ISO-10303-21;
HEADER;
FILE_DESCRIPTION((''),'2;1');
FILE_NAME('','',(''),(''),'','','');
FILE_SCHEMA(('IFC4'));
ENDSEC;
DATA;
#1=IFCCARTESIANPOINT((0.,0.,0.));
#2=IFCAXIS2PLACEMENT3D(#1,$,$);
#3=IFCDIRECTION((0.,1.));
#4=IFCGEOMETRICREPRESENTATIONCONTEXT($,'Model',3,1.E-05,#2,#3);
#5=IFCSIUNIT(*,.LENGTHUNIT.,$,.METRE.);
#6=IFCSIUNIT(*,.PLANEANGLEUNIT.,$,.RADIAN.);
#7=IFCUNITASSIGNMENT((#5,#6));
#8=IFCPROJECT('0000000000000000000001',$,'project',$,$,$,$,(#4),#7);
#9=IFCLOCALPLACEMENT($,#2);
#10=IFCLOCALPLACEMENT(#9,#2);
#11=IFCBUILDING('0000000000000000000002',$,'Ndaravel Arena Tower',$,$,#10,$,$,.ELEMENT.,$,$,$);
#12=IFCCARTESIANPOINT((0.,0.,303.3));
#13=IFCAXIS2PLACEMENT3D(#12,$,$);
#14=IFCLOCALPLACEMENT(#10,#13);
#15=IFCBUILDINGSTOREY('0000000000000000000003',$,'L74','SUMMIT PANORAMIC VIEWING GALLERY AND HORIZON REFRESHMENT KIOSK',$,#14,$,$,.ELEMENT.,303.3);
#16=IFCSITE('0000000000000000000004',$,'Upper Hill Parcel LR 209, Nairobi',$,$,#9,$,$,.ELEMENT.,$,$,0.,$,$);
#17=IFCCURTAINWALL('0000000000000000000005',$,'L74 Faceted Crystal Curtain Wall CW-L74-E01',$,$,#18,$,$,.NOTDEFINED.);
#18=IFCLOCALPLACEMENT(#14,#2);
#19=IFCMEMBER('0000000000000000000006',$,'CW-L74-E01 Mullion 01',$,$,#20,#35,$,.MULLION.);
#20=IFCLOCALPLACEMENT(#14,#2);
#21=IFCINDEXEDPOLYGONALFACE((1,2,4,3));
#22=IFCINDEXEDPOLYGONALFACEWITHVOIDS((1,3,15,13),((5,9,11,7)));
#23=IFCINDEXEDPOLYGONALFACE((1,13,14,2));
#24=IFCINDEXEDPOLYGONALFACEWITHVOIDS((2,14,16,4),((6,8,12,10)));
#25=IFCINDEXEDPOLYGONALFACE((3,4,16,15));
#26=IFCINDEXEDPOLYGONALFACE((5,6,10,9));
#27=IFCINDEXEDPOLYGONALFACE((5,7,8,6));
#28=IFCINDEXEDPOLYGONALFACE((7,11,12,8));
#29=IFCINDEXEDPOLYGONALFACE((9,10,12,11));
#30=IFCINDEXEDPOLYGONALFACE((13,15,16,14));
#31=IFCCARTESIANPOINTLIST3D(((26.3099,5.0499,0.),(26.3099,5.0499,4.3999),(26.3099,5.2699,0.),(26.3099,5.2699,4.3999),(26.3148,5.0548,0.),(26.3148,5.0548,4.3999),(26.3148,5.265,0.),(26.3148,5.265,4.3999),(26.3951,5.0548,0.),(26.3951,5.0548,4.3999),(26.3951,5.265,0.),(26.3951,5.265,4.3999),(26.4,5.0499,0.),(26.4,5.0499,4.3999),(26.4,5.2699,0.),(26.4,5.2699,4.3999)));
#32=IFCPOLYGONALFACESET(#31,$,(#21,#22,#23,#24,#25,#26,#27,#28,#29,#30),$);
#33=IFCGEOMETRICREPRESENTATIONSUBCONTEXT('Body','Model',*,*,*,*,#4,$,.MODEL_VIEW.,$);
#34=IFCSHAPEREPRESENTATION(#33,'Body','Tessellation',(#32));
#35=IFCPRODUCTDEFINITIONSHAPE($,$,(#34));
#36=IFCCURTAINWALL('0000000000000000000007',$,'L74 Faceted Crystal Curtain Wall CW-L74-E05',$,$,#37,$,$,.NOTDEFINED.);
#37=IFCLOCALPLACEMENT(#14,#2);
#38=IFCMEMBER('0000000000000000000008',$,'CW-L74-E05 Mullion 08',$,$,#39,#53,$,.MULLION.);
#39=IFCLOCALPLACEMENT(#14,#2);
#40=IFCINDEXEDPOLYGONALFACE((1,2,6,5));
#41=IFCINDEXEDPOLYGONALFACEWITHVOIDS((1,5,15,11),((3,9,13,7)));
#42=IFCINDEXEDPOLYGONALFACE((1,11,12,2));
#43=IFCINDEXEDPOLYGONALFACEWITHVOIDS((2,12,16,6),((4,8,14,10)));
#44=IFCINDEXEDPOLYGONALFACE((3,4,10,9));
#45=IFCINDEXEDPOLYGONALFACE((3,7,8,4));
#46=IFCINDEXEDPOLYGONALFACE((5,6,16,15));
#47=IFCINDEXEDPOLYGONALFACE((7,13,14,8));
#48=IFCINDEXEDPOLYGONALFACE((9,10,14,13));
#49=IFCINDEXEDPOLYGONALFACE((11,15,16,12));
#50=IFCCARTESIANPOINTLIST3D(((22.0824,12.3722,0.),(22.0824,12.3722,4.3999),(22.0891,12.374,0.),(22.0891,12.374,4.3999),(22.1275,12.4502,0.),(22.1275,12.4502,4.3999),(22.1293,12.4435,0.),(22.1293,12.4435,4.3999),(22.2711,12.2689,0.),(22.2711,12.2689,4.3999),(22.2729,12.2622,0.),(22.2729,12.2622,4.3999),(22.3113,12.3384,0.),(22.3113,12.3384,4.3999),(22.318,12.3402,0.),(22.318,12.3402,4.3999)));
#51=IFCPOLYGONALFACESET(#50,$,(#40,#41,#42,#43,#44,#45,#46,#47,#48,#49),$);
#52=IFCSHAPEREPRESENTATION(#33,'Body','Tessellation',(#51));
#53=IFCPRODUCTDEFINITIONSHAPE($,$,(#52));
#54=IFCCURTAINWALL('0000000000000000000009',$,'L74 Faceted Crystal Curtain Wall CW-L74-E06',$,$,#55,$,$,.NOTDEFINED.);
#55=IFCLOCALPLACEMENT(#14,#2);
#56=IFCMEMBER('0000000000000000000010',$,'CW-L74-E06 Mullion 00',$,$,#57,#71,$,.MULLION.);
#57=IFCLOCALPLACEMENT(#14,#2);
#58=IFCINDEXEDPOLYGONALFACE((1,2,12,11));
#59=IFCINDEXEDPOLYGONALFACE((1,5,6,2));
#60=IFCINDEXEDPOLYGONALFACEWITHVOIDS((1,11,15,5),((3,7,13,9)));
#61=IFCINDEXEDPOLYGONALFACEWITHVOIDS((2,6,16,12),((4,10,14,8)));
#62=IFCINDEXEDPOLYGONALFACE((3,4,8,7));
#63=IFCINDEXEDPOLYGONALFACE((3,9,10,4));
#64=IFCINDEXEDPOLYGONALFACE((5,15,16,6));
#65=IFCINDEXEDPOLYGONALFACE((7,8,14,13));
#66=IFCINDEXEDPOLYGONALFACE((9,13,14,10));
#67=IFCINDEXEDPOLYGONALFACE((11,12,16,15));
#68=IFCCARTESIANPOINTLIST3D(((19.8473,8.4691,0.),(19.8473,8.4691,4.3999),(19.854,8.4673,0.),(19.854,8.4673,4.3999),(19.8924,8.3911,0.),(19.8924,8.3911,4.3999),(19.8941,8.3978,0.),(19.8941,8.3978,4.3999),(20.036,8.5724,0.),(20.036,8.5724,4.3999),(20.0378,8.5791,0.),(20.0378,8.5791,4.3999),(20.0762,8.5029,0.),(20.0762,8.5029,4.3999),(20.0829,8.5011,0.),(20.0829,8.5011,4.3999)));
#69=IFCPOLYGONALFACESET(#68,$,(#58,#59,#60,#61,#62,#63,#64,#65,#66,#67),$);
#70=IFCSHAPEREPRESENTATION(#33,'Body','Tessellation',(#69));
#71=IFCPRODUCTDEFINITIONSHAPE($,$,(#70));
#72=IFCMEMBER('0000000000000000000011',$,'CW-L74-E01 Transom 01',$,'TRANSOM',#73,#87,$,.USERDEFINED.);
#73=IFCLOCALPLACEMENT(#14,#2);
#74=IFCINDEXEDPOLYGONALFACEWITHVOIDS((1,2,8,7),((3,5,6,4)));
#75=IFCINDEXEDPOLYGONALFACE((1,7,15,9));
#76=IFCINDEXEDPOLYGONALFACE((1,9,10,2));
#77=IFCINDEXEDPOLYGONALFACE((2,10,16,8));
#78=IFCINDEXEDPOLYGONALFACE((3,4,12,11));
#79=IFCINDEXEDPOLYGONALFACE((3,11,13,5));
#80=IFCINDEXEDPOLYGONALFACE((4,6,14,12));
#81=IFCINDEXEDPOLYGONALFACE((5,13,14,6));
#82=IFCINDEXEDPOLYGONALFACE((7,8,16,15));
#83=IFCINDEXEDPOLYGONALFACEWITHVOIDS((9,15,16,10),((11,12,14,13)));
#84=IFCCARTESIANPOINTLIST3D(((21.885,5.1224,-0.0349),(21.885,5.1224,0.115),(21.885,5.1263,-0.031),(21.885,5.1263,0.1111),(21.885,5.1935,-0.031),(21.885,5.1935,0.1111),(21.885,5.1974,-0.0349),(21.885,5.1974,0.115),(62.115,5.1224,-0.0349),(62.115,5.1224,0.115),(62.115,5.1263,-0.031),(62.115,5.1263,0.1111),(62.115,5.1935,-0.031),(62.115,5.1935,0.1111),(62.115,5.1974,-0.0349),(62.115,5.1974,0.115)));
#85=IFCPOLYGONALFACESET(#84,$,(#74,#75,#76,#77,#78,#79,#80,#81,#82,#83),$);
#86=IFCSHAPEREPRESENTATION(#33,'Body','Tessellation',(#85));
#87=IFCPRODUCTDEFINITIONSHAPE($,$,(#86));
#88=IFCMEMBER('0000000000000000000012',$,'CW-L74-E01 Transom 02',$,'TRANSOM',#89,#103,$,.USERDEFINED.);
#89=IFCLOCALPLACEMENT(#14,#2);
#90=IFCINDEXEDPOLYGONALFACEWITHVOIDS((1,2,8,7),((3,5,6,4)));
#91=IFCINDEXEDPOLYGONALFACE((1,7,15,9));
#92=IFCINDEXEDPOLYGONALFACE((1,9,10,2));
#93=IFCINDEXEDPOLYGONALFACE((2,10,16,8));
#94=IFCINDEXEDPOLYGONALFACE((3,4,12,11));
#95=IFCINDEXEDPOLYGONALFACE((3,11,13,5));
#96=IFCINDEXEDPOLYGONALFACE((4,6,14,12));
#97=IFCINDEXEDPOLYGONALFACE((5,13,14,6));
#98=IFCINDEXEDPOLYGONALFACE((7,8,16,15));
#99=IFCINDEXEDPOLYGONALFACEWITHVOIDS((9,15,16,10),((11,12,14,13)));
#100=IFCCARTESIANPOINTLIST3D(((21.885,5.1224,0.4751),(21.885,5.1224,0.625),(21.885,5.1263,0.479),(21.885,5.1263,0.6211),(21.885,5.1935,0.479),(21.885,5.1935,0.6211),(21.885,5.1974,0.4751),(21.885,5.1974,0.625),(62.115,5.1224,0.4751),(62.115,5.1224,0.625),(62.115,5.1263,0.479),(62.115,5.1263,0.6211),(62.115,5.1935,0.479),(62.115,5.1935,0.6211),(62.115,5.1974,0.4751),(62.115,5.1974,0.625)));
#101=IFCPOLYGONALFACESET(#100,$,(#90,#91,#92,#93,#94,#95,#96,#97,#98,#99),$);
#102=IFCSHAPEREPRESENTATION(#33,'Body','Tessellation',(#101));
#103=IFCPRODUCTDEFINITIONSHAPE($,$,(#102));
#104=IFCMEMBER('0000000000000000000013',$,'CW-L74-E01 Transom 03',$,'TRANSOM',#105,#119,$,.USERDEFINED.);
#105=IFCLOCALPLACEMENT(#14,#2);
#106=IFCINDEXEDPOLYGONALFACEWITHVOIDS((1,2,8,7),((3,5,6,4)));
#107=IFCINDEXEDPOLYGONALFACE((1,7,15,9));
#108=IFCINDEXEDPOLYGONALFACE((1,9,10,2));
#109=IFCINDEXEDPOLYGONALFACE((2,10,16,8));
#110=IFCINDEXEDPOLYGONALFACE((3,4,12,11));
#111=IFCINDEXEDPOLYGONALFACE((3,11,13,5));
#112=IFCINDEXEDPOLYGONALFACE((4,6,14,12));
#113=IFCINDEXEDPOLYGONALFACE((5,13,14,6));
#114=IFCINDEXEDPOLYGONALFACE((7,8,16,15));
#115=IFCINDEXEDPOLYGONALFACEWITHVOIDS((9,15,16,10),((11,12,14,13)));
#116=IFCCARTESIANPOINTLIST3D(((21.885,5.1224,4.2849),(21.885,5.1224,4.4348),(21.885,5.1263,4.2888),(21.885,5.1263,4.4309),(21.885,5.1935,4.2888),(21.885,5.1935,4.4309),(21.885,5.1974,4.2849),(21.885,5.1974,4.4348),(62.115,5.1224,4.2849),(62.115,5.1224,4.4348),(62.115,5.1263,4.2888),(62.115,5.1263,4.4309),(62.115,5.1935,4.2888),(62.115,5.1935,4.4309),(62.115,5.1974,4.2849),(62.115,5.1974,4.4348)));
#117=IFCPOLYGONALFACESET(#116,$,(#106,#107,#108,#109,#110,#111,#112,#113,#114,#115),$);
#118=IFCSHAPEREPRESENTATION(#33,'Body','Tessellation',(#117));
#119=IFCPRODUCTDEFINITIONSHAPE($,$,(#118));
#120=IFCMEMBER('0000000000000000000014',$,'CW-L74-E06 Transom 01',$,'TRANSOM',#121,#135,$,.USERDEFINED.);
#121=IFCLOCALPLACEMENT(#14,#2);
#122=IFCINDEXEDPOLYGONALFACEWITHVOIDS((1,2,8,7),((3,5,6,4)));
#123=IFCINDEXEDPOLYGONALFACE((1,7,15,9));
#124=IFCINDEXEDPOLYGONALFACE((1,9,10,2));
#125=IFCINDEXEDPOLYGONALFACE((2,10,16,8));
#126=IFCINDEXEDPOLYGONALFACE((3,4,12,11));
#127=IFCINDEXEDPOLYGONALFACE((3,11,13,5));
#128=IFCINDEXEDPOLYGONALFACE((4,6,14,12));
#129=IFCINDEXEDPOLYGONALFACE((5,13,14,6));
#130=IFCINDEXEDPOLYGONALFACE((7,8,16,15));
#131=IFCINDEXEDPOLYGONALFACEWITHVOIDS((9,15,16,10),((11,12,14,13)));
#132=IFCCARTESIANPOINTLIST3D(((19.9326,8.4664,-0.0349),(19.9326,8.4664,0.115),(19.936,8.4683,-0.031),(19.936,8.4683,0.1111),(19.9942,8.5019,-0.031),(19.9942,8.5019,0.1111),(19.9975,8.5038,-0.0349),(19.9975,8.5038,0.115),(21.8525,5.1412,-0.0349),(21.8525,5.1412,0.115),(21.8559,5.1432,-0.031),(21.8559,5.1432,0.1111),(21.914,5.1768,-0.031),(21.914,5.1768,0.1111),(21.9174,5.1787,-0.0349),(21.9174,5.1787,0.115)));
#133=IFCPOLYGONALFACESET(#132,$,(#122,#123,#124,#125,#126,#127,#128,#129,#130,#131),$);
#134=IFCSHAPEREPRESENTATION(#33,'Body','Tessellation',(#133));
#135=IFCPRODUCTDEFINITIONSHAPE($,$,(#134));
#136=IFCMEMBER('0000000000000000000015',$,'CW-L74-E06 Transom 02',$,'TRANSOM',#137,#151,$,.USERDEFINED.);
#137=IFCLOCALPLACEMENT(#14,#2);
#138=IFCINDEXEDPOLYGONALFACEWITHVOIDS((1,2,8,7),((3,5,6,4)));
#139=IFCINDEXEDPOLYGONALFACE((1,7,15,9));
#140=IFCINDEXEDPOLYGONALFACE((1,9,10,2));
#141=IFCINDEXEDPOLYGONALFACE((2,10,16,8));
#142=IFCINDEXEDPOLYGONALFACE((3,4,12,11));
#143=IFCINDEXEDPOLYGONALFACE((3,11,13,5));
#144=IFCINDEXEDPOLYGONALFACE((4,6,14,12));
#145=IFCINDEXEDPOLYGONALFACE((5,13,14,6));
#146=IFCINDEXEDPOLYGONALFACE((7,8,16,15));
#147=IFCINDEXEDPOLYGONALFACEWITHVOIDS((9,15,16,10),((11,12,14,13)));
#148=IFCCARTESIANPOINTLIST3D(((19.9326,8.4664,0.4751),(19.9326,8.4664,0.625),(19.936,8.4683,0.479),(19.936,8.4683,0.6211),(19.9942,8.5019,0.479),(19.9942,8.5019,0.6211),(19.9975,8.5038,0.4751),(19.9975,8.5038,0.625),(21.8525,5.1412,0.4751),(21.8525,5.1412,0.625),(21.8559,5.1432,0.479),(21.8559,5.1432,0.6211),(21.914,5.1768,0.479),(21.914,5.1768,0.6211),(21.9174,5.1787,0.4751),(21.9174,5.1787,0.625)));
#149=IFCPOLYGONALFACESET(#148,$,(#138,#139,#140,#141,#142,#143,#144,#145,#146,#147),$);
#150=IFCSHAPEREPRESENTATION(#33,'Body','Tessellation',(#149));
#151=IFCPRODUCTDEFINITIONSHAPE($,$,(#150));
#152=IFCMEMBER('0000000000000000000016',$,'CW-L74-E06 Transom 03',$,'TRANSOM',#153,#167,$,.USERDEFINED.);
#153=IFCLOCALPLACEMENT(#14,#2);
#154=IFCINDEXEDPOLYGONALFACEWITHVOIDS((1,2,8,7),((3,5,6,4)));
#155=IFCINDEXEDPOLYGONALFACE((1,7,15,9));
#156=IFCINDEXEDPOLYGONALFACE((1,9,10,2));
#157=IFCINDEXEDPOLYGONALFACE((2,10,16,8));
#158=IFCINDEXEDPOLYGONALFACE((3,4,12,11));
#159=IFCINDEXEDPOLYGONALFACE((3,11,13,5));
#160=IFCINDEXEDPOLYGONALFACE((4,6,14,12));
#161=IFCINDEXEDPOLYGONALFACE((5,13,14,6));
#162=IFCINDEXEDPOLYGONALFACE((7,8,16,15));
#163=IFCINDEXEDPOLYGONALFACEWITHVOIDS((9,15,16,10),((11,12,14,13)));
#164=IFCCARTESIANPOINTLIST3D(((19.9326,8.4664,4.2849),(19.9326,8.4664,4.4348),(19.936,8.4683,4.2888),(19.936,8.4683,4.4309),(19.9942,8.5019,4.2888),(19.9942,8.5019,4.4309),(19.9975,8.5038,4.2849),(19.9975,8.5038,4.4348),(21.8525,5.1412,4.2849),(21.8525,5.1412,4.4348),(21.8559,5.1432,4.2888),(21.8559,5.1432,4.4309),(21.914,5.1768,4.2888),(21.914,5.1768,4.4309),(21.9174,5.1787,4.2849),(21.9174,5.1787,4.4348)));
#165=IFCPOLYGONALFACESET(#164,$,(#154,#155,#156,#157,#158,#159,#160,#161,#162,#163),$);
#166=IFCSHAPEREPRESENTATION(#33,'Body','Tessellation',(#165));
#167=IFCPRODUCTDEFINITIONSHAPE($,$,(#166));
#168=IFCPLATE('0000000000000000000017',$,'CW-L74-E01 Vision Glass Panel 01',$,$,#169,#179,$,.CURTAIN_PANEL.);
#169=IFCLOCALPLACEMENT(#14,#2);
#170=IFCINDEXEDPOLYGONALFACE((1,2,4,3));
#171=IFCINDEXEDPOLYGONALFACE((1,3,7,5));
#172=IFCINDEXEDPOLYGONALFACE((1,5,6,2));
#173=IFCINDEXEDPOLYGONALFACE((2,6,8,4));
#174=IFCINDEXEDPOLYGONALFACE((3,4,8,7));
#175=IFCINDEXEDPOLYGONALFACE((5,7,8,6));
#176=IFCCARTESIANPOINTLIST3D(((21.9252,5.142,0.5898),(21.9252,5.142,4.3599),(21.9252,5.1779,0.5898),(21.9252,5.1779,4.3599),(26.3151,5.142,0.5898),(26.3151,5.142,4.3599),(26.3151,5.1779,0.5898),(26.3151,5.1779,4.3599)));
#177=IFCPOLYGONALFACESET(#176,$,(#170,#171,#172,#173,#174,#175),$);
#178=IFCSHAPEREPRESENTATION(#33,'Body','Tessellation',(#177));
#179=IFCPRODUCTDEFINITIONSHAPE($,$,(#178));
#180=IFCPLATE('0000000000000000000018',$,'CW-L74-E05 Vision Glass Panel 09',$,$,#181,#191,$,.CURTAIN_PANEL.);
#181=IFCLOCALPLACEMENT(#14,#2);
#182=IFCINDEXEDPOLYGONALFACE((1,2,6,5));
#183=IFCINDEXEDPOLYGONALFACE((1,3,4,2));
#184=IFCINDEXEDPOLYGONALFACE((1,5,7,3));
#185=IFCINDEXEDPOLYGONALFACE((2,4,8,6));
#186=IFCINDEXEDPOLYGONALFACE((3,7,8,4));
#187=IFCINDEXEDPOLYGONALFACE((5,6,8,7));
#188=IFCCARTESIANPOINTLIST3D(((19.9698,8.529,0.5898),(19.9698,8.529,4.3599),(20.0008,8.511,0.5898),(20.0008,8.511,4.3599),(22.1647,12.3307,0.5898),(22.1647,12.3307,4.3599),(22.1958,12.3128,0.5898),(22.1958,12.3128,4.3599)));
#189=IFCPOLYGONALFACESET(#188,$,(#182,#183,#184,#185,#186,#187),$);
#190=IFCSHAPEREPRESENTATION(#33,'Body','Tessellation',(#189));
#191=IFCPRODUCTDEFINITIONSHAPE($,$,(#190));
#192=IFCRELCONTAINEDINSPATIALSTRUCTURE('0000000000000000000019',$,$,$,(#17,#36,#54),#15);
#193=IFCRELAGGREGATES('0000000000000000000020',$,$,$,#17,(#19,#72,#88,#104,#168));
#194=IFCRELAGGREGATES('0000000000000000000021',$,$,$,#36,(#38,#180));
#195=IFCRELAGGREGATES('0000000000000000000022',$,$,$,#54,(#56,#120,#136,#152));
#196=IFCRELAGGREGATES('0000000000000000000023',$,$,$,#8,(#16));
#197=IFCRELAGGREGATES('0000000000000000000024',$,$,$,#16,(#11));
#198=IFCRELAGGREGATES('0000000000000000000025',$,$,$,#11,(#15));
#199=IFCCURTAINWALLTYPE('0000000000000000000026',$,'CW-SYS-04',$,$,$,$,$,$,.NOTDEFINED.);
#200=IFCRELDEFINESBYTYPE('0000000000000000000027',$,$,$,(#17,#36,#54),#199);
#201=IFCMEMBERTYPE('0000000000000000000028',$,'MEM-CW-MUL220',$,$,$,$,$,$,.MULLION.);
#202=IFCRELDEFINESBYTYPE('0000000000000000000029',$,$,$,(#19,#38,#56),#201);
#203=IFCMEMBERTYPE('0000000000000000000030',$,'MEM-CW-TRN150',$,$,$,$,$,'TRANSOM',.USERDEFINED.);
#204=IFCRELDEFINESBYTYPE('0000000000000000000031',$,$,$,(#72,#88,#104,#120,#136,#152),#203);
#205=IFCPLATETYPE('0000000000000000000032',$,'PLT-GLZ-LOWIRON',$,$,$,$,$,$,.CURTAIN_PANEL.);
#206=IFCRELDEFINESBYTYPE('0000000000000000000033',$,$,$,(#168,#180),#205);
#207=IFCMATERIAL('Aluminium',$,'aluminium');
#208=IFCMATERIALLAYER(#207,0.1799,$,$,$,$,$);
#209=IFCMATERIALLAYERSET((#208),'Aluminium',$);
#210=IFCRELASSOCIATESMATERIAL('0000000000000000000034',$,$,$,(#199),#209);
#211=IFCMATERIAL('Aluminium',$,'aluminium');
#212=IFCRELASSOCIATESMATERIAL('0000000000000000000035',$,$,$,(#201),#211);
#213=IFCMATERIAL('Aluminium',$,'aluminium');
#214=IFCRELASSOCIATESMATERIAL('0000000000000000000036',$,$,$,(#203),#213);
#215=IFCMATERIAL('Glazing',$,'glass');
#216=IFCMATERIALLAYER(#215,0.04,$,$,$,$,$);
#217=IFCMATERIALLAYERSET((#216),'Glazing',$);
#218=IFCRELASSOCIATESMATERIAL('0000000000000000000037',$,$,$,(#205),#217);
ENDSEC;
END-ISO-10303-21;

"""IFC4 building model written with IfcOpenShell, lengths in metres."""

from ifc_helpers import new_model, si_unit, direction, frame, origin, origin_2d, place, context, subcontext, project, spatial, rectangle, hollow_rectangle, extrude, material, layer, layer_set, material_profile, profile_set, type_object, element, aggregate, save


model = new_model("IFC4")

# Units and contexts
model_context = context("Model", 3, precision=1e-05, world=origin(), true_north=direction((0.0, 1.0)))
body_context = subcontext(model_context, "Body", "Model", "MODEL_VIEW")
ifc_project = project(units=[si_unit("LENGTHUNIT", "METRE"), si_unit("PLANEANGLEUNIT", "RADIAN")], contexts=[model_context])

# Site, building, storey
site_placement = place(None, origin())
site = spatial("IfcSite", under=ifc_project, at=site_placement, Name="Upper Hill Parcel LR 209, Nairobi", CompositionType="ELEMENT", RefElevation=0.0)
building_placement = place(site_placement, origin())
building = spatial("IfcBuilding", under=site, at=building_placement, Name="Ndaravel Arena Tower", CompositionType="ELEMENT")
storey_placement = place(building_placement, frame((0.0, 0.0, 303.3)))
storey = spatial("IfcBuildingStorey", under=building, at=storey_placement, Name="L74", Description="SUMMIT PANORAMIC VIEWING GALLERY AND HORIZON REFRESHMENT KIOSK", CompositionType="ELEMENT", Elevation=303.3)

# Curtain wall, member
ifc_material_1 = material(Name="Aluminium", Category="aluminium")
ifc_layer_1 = layer(ifc_material_1, 0.1799)
ifc_layer_set_1 = layer_set([ifc_layer_1], Name="Aluminium")
curtain_wall_type = type_object("IfcCurtainWallType", Name="CW-SYS-04", PredefinedType="NOTDEFINED", material=ifc_layer_set_1)
curtain_wall_1_placement = place(storey_placement, origin())
curtain_wall_1 = element("IfcCurtainWall", 1, at=curtain_wall_1_placement, inside=storey, type_object=curtain_wall_type, Name="L74 Faceted Crystal Curtain Wall CW-L74-E01", PredefinedType="NOTDEFINED")
ifc_material_2 = material(Name="Aluminium", Category="aluminium")
ifc_material_profile_1 = material_profile(ifc_material_2, hollow_rectangle(XDim=0.0901, YDim=0.22, WallThickness=0.0049, at=origin_2d()), Name="CW MULLION 90x220x5")
ifc_profile_set_1 = profile_set([ifc_material_profile_1], Name="Aluminium")
member_type_1 = type_object("IfcMemberType", Name="MEM-CW-MUL220", PredefinedType="MULLION", material=ifc_profile_set_1)
member_1_placement = place(storey_placement, frame((26.355, 5.1599, 0.0), z_axis=(0.0, 0.0, 1.0), x_axis=(1.0, 0.0, 0.0)))
member_1 = element("IfcMember", 2, at=member_1_placement, type_object=member_type_1, Name="CW-L74-E01 Mullion 01", PredefinedType="MULLION", context=body_context, shape_type="SweptSolid", body=[
    extrude(hollow_rectangle(XDim=0.0901, YDim=0.22, WallThickness=0.0049, at=origin_2d()), origin(), (0.0, 0.0, 1.0), 4.3999),
])

# Curtain walls, members
curtain_wall_2_placement = place(storey_placement, origin())
curtain_wall_2 = element("IfcCurtainWall", 3, at=curtain_wall_2_placement, inside=storey, type_object=curtain_wall_type, Name="L74 Faceted Crystal Curtain Wall CW-L74-E05", PredefinedType="NOTDEFINED")
member_2_placement = place(storey_placement, frame((22.2002, 12.3562, 0.0), z_axis=(0.0, 0.0, 1.0), x_axis=(-0.5, -0.866025, 0.0)))
member_2 = element("IfcMember", 4, at=member_2_placement, type_object=member_type_1, Name="CW-L74-E05 Mullion 08", PredefinedType="MULLION", context=body_context, shape_type="SweptSolid", body=[
    extrude(hollow_rectangle(XDim=0.0901, YDim=0.22, WallThickness=0.0049, at=origin_2d()), origin(), (0.0, 0.0, 1.0), 4.3999),
])
curtain_wall_3_placement = place(storey_placement, origin())
curtain_wall_3 = element("IfcCurtainWall", 5, at=curtain_wall_3_placement, inside=storey, type_object=curtain_wall_type, Name="L74 Faceted Crystal Curtain Wall CW-L74-E06", PredefinedType="NOTDEFINED")
member_3_placement = place(storey_placement, frame((19.9651, 8.4851, 0.0), z_axis=(0.0, 0.0, 1.0), x_axis=(0.5, -0.866025, 0.0)))
member_3 = element("IfcMember", 6, at=member_3_placement, type_object=member_type_1, Name="CW-L74-E06 Mullion 00", PredefinedType="MULLION", context=body_context, shape_type="SweptSolid", body=[
    extrude(hollow_rectangle(XDim=0.0901, YDim=0.22, WallThickness=0.0049, at=origin_2d()), origin(), (0.0, 0.0, 1.0), 4.3999),
])

# Members
ifc_material_3 = material(Name="Aluminium", Category="aluminium")
ifc_material_profile_2 = material_profile(ifc_material_3, hollow_rectangle(XDim=0.075, YDim=0.1499, WallThickness=0.0039, at=origin_2d()), Name="CW TRANSOM 75x150x4")
ifc_profile_set_2 = profile_set([ifc_material_profile_2], Name="Aluminium")
member_type_2 = type_object("IfcMemberType", Name="MEM-CW-TRN150", ElementType="TRANSOM", PredefinedType="USERDEFINED", material=ifc_profile_set_2)
member_4_placement = place(storey_placement, frame((21.885, 5.1599, 0.04), z_axis=(1.0, 0.0, 0.0), x_axis=(0.0, 1.0, 0.0)))
member_4 = element("IfcMember", 7, at=member_4_placement, type_object=member_type_2, Name="CW-L74-E01 Transom 01", ObjectType="TRANSOM", PredefinedType="USERDEFINED", context=body_context, shape_type="SweptSolid", body=[
    extrude(hollow_rectangle(XDim=0.075, YDim=0.1499, WallThickness=0.0039, at=origin_2d()), origin(), (0.0, 0.0, 1.0), 40.23),
])
member_5_placement = place(storey_placement, frame((21.885, 5.1599, 0.55), z_axis=(1.0, 0.0, 0.0), x_axis=(0.0, 1.0, 0.0)))
member_5 = element("IfcMember", 8, at=member_5_placement, type_object=member_type_2, Name="CW-L74-E01 Transom 02", ObjectType="TRANSOM", PredefinedType="USERDEFINED", context=body_context, shape_type="SweptSolid", body=[
    extrude(hollow_rectangle(XDim=0.075, YDim=0.1499, WallThickness=0.0039, at=origin_2d()), origin(), (0.0, 0.0, 1.0), 40.23),
])
member_6_placement = place(storey_placement, frame((21.885, 5.1599, 4.3599), z_axis=(1.0, 0.0, 0.0), x_axis=(0.0, 1.0, 0.0)))
member_6 = element("IfcMember", 9, at=member_6_placement, type_object=member_type_2, Name="CW-L74-E01 Transom 03", ObjectType="TRANSOM", PredefinedType="USERDEFINED", context=body_context, shape_type="SweptSolid", body=[
    extrude(hollow_rectangle(XDim=0.075, YDim=0.1499, WallThickness=0.0039, at=origin_2d()), origin(), (0.0, 0.0, 1.0), 40.23),
])
member_7_placement = place(storey_placement, frame((19.9651, 8.4851, 0.04), z_axis=(0.500023, -0.866012, 0.0), x_axis=(0.866012, 0.500023, 0.0)))
member_7 = element("IfcMember", 10, at=member_7_placement, type_object=member_type_2, Name="CW-L74-E06 Transom 01", ObjectType="TRANSOM", PredefinedType="USERDEFINED", context=body_context, shape_type="SweptSolid", body=[
    extrude(hollow_rectangle(XDim=0.075, YDim=0.1499, WallThickness=0.0039, at=origin_2d()), origin(), (0.0, 0.0, 1.0), 3.8396),
])
member_8_placement = place(storey_placement, frame((19.9651, 8.4851, 0.55), z_axis=(0.500023, -0.866012, 0.0), x_axis=(0.866012, 0.500023, 0.0)))
member_8 = element("IfcMember", 11, at=member_8_placement, type_object=member_type_2, Name="CW-L74-E06 Transom 02", ObjectType="TRANSOM", PredefinedType="USERDEFINED", context=body_context, shape_type="SweptSolid", body=[
    extrude(hollow_rectangle(XDim=0.075, YDim=0.1499, WallThickness=0.0039, at=origin_2d()), origin(), (0.0, 0.0, 1.0), 3.8396),
])
member_9_placement = place(storey_placement, frame((19.9651, 8.4851, 4.3599), z_axis=(0.500023, -0.866012, 0.0), x_axis=(0.866012, 0.500023, 0.0)))
member_9 = element("IfcMember", 12, at=member_9_placement, type_object=member_type_2, Name="CW-L74-E06 Transom 03", ObjectType="TRANSOM", PredefinedType="USERDEFINED", context=body_context, shape_type="SweptSolid", body=[
    extrude(hollow_rectangle(XDim=0.075, YDim=0.1499, WallThickness=0.0039, at=origin_2d()), origin(), (0.0, 0.0, 1.0), 3.8396),
])

# Plates
ifc_material_4 = material(Name="Glazing", Category="glass")
ifc_layer_2 = layer(ifc_material_4, 0.04)
ifc_layer_set_2 = layer_set([ifc_layer_2], Name="Glazing")
plate_type_1 = type_object("IfcPlateType", Name="PLT-GLZ-LOWIRON", PredefinedType="CURTAIN_PANEL", material=ifc_layer_set_2)
plate_1_placement = place(storey_placement, frame((24.1201, 5.1599, 0.5898), z_axis=(0.0, 0.0, 1.0), x_axis=(1.0, 0.0, 0.0)))
plate_1 = element("IfcPlate", 13, at=plate_1_placement, type_object=plate_type_1, Name="CW-L74-E01 Vision Glass Panel 01", PredefinedType="CURTAIN_PANEL", context=body_context, shape_type="SweptSolid", body=[
    extrude(rectangle(XDim=4.3899, YDim=0.0359, at=origin_2d()), origin(), (0.0, 0.0, 1.0), 3.77),
])
plate_2_placement = place(storey_placement, frame((21.0828, 10.4209, 0.5898), z_axis=(0.0, 0.0, 1.0), x_axis=(-0.5, -0.866025, 0.0)))
plate_2 = element("IfcPlate", 14, at=plate_2_placement, type_object=plate_type_1, Name="CW-L74-E05 Vision Glass Panel 09", PredefinedType="CURTAIN_PANEL", context=body_context, shape_type="SweptSolid", body=[
    extrude(rectangle(XDim=4.3899, YDim=0.0359, at=origin_2d()), origin(), (0.0, 0.0, 1.0), 3.77),
])
aggregate(curtain_wall_1, [member_1, member_4, member_5, member_6, plate_1])
aggregate(curtain_wall_2, [member_2, plate_2])
aggregate(curtain_wall_3, [member_3, member_7, member_8, member_9])

save(model, "model.ifc")
